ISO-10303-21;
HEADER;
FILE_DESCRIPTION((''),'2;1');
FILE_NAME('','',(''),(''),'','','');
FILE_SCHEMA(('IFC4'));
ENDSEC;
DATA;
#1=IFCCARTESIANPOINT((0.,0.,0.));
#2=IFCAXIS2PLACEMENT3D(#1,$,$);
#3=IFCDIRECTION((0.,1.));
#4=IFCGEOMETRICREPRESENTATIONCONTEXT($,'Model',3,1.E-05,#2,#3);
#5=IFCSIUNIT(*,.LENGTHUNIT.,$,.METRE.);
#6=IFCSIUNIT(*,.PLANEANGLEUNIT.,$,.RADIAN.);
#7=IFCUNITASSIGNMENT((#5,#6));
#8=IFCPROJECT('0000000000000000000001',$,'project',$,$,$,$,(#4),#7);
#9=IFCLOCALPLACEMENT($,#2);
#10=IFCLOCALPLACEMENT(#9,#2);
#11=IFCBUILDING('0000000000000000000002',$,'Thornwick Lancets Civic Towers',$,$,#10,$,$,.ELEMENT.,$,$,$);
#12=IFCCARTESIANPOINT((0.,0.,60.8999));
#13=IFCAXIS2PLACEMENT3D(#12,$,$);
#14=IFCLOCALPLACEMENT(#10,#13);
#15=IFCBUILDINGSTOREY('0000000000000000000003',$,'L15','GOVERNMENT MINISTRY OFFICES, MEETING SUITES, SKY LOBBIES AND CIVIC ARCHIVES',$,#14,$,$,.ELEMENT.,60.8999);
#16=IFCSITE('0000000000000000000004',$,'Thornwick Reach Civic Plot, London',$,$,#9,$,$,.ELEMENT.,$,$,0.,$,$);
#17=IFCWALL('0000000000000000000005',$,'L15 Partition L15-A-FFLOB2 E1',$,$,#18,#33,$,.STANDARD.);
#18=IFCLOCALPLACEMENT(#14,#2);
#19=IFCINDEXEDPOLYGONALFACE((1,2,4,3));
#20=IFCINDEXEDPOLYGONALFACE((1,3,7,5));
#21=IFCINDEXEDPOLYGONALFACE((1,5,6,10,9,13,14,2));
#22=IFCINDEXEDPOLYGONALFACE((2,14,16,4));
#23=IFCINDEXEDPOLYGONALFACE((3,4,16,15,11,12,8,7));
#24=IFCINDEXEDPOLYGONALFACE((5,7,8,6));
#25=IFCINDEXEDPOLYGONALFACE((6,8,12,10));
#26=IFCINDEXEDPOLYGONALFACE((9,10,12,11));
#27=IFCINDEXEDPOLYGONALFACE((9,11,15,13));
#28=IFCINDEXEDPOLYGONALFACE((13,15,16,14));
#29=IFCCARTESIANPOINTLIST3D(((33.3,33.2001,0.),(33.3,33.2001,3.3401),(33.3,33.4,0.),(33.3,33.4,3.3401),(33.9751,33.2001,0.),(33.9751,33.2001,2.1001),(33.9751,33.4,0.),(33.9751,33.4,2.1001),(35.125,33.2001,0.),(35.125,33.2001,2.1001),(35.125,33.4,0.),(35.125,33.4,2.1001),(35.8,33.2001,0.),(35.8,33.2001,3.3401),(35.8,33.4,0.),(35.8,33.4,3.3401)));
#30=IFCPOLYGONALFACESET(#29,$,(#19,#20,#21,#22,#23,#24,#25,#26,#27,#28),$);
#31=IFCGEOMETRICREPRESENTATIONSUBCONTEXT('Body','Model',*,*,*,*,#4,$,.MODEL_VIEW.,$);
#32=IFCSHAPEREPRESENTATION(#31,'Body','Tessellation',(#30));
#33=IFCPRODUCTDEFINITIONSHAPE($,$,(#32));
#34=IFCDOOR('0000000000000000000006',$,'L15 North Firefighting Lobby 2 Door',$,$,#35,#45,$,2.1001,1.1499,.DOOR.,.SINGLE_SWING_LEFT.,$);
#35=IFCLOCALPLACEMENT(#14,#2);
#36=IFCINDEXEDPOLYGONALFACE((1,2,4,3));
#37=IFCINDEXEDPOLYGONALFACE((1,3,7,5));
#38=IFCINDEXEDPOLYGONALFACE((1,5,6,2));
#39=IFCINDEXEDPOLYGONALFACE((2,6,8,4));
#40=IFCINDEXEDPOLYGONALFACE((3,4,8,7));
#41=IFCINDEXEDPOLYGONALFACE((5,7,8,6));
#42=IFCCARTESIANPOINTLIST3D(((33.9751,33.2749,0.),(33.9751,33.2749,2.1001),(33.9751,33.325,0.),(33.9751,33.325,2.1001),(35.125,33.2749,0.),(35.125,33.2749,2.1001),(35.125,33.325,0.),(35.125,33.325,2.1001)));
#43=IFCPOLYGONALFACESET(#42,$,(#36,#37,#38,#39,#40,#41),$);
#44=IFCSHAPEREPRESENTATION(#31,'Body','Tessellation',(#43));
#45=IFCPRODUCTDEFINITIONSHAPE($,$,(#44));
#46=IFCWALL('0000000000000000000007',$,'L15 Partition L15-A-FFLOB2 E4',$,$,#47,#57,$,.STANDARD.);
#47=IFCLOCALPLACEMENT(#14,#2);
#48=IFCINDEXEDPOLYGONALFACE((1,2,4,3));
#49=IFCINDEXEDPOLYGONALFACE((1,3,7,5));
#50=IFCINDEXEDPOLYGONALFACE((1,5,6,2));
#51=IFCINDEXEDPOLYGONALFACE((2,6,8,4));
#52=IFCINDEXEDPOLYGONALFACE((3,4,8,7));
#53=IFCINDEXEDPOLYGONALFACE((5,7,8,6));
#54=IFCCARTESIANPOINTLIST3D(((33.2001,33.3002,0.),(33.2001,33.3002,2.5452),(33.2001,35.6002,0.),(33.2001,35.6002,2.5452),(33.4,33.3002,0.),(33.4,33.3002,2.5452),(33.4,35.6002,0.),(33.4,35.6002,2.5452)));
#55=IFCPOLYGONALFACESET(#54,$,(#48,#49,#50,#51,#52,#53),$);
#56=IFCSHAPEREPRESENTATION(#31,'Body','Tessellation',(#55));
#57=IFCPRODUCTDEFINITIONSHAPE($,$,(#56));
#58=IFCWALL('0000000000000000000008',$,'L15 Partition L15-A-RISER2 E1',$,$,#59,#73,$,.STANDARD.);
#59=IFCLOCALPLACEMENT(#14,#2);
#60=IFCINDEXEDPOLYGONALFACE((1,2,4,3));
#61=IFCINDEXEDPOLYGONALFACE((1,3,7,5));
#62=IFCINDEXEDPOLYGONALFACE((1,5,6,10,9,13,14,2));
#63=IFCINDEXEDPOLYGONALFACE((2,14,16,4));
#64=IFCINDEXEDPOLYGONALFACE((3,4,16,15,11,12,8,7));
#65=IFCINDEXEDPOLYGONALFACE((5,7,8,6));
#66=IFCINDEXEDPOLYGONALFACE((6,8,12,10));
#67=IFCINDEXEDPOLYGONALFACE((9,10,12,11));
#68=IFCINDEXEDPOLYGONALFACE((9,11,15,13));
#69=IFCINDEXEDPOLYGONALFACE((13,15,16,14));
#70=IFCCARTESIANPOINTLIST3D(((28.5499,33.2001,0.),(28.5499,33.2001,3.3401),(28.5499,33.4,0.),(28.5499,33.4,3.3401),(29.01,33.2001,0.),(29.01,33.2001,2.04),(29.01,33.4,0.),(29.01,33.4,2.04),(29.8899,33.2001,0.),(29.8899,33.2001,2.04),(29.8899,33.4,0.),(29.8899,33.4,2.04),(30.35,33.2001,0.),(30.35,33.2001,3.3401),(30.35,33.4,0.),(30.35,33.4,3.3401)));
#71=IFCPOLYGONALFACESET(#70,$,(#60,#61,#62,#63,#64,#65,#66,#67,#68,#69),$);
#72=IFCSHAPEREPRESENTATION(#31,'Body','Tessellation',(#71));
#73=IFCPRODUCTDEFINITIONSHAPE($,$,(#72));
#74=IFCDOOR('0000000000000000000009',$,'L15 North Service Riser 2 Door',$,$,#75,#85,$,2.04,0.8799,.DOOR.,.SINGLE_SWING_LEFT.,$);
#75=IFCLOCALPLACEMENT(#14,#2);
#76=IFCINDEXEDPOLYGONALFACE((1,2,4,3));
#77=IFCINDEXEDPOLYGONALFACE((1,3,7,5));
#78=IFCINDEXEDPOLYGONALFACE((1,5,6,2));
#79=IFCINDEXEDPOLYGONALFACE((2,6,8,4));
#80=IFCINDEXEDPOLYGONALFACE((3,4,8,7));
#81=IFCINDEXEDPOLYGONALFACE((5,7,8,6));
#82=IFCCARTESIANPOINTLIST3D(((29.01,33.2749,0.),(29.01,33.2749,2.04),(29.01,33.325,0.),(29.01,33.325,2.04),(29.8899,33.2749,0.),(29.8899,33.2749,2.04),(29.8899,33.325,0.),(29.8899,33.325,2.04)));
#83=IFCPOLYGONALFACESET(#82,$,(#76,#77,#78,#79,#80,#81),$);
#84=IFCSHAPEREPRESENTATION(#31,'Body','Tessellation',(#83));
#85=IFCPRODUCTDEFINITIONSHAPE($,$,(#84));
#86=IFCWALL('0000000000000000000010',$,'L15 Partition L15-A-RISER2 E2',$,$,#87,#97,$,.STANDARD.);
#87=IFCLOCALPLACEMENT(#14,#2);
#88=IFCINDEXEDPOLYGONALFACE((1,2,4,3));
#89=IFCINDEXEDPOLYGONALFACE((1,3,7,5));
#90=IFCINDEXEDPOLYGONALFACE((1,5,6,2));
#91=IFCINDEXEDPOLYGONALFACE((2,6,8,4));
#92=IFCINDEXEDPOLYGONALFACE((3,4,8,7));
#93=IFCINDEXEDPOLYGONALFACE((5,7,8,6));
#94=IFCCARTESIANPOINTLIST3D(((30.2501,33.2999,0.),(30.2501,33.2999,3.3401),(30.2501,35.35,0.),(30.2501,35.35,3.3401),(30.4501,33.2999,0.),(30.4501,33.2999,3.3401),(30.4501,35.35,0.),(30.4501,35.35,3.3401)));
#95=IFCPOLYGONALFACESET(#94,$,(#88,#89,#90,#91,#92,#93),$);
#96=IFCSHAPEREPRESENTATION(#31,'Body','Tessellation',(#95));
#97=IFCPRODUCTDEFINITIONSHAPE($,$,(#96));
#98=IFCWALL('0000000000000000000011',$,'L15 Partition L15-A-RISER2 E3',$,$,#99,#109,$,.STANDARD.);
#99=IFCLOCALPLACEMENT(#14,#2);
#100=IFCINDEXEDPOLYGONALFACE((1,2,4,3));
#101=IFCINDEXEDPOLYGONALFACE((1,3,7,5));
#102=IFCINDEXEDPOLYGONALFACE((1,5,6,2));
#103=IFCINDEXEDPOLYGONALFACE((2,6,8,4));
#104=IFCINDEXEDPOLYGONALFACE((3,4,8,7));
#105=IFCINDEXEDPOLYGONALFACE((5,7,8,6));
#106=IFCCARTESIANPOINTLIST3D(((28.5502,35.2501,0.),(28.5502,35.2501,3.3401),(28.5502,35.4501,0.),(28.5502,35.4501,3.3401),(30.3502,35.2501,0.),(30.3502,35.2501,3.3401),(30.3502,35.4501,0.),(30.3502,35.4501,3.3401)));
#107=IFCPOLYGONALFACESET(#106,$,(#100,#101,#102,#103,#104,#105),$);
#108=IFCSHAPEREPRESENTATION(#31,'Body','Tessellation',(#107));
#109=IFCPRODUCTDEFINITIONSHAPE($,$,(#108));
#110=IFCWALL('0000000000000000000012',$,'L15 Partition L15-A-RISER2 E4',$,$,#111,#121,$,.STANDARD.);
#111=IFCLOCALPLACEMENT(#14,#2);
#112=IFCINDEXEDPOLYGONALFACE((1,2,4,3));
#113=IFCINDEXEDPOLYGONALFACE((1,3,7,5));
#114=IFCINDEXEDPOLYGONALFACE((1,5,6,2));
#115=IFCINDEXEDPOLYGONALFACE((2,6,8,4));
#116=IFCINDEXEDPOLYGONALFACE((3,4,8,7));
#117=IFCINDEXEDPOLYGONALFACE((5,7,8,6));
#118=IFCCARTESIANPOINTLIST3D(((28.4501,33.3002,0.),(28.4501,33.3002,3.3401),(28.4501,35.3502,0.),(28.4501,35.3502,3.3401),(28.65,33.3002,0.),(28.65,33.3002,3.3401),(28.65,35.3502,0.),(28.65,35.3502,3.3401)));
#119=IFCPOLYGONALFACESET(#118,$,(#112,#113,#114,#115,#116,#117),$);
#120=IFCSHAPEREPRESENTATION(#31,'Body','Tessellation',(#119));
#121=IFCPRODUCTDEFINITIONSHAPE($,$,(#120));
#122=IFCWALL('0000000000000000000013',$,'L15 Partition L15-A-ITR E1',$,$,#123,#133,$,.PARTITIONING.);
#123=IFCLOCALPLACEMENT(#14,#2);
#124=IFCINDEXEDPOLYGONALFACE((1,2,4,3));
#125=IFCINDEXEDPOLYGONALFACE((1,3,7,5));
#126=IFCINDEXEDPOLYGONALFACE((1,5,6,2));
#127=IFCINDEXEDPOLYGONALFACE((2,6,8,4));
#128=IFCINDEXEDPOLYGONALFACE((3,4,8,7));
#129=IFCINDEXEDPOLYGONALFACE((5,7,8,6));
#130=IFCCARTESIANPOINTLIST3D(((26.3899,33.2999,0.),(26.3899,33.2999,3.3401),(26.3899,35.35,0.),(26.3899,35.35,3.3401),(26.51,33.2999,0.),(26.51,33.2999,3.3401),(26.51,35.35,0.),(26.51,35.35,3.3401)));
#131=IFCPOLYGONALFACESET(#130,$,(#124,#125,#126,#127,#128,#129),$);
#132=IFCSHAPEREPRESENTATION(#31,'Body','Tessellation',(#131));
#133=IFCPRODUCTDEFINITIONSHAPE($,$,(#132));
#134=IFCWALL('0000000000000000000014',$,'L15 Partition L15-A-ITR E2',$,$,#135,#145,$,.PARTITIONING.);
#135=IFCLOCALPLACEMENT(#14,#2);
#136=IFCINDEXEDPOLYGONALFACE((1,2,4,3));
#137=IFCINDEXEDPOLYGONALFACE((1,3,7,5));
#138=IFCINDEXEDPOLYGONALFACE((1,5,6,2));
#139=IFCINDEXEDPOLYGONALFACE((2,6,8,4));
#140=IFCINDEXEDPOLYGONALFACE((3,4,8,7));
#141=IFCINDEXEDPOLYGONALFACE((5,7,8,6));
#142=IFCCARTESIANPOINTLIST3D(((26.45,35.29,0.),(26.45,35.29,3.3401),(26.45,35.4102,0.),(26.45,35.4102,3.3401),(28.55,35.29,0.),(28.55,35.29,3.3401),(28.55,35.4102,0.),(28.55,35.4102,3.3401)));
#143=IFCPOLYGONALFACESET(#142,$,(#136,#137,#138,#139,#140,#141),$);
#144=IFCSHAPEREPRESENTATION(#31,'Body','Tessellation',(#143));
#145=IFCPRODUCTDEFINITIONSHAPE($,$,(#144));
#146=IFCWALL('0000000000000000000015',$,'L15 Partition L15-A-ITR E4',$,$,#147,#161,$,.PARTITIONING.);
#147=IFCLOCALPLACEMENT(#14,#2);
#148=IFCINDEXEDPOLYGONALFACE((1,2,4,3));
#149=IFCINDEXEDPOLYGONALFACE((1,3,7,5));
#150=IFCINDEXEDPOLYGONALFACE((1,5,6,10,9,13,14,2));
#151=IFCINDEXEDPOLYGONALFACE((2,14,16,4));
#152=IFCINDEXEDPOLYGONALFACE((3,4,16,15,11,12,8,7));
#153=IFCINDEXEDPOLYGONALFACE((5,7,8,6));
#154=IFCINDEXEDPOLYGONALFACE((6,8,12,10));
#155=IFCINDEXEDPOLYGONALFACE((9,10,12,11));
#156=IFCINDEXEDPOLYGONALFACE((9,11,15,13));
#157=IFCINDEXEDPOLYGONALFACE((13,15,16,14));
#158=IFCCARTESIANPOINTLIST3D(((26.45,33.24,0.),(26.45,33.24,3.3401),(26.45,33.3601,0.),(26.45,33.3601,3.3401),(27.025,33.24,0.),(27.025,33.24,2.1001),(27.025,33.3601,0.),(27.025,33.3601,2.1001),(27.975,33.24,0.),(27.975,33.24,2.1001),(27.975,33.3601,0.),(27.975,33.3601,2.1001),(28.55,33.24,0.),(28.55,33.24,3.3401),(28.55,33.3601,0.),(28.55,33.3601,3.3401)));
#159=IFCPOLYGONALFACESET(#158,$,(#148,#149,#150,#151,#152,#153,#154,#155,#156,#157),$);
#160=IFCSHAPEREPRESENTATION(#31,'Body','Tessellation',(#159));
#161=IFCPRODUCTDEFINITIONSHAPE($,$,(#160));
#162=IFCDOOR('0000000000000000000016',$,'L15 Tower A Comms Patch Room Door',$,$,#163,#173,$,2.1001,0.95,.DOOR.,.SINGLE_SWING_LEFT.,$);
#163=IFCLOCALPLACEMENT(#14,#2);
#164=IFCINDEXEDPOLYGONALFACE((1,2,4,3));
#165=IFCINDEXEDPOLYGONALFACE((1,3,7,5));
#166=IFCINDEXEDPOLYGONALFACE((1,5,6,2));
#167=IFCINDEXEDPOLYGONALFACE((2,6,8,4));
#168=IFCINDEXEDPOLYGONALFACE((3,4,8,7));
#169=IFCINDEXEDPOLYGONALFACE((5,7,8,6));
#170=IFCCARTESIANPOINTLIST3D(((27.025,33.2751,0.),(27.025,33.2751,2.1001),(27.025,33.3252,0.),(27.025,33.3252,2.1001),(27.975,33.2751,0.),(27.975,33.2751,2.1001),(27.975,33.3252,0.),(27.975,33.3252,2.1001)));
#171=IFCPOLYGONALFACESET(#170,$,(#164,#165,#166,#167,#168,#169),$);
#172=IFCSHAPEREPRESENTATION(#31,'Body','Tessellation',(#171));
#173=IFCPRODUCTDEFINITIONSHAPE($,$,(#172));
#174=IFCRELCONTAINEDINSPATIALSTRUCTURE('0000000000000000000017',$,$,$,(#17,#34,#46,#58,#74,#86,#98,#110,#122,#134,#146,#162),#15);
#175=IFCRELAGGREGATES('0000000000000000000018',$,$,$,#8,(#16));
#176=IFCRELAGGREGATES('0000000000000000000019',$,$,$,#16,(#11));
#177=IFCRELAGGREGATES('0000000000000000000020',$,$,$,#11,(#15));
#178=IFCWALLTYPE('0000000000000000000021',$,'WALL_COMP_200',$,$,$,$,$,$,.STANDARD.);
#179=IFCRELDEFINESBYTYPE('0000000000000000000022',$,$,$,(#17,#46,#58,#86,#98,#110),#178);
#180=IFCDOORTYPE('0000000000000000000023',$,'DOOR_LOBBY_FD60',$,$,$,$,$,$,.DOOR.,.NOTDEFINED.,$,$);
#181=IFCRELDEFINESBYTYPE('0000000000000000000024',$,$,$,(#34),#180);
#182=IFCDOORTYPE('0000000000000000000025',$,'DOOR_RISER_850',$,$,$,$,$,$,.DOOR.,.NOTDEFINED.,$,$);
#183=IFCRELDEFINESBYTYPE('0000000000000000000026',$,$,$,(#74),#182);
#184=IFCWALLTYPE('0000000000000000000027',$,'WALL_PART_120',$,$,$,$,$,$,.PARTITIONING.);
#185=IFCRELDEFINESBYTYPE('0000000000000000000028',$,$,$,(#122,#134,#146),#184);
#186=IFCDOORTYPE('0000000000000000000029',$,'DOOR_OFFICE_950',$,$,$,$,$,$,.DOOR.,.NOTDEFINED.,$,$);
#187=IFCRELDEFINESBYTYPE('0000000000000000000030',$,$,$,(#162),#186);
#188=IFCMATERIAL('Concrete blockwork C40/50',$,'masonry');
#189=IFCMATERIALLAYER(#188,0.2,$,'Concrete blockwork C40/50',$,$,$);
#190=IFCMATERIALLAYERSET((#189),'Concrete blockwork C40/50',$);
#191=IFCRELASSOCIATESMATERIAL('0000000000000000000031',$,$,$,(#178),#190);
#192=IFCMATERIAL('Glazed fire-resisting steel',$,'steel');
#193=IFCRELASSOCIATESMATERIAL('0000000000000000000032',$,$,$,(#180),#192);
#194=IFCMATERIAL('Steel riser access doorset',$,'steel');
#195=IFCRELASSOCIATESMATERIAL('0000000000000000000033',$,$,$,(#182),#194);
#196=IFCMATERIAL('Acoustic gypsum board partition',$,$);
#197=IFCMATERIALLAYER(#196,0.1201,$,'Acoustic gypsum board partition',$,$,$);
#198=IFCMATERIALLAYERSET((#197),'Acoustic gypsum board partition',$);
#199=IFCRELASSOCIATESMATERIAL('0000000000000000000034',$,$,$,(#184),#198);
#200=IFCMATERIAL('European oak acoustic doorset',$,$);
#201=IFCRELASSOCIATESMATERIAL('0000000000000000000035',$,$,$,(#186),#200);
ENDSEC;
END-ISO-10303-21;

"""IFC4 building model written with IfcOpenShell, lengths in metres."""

from ifc_helpers import new_model, si_unit, direction, frame, frame_2d, origin, place, context, subcontext, project, spatial, rectangle, extrude, material, layer, layer_set, type_object, element, fill, save


model = new_model("IFC4")

# Units and contexts
model_context = context("Model", 3, precision=1e-05, world=origin(), true_north=direction((0.0, 1.0)))
body_context = subcontext(model_context, "Body", "Model", "MODEL_VIEW")
ifc_project = project(units=[si_unit("LENGTHUNIT", "METRE"), si_unit("PLANEANGLEUNIT", "RADIAN")], contexts=[model_context])

# Site, building, storey
site_placement = place(None, origin())
site = spatial("IfcSite", under=ifc_project, at=site_placement, Name="Thornwick Reach Civic Plot, London", CompositionType="ELEMENT", RefElevation=0.0)
building_placement = place(site_placement, origin())
building = spatial("IfcBuilding", under=site, at=building_placement, Name="Thornwick Lancets Civic Towers", CompositionType="ELEMENT")
storey_placement = place(building_placement, frame((0.0, 0.0, 60.8999)))
storey = spatial("IfcBuildingStorey", under=building, at=storey_placement, Name="L15", Description="GOVERNMENT MINISTRY OFFICES, MEETING SUITES, SKY LOBBIES AND CIVIC ARCHIVES", CompositionType="ELEMENT", Elevation=60.8999)

# Shared definitions
ifc_material_1 = material(Name="Concrete blockwork C40/50", Category="masonry")
ifc_layer_1 = layer(ifc_material_1, 0.2, Name="Concrete blockwork C40/50")
ifc_layer_set_1 = layer_set([ifc_layer_1], Name="Concrete blockwork C40/50")
wall_type_1 = type_object("IfcWallType", Name="WALL_COMP_200", PredefinedType="STANDARD", material=ifc_layer_set_1)

# Wall, opening, door
wall_1_placement = place(storey_placement, frame((33.3, 33.3, 0.0), z_axis=(0.0, 0.0, 1.0), x_axis=(1.0, 0.0, 0.0)))
wall_1 = element("IfcWall", 1, at=wall_1_placement, inside=storey, type_object=wall_type_1, Name="L15 Partition L15-A-FFLOB2 E1", PredefinedType="STANDARD", context=body_context, shape_type="SweptSolid", body=[
    extrude(rectangle(XDim=2.5, YDim=0.2, at=frame_2d((1.25, 0.0))), origin(), (0.0, 0.0, 1.0), 3.3401),
])
opening_1_placement = place(wall_1_placement, frame((0.675, 0.0, 0.0)))
opening_1 = element("IfcOpeningElement", 2, at=opening_1_placement, cuts=wall_1, PredefinedType="OPENING", context=body_context, shape_type="SweptSolid", body=[
    extrude(rectangle(XDim=1.1499, YDim=2.1001, at=frame_2d((0.575, 1.05))), frame((0.0, 0.1099, 0.0), z_axis=(0.0, -1.0, 0.0), x_axis=(1.0, 0.0, 0.0)), (0.0, 0.0, 1.0), 0.22),
])
ifc_material_2 = material(Name="Glazed fire-resisting steel", Category="steel")
door_type_1 = type_object("IfcDoorType", Name="DOOR_LOBBY_FD60", OperationType="NOTDEFINED", PredefinedType="DOOR", material=ifc_material_2)
door_1_placement = place(opening_1_placement, origin())
door_1 = element("IfcDoor", 3, at=door_1_placement, inside=storey, type_object=door_type_1, Name="L15 North Firefighting Lobby 2 Door", OperationType="SINGLE_SWING_LEFT", OverallHeight=2.1001, OverallWidth=1.1499, PredefinedType="DOOR", context=body_context, shape_type="SweptSolid", body=[
    extrude(rectangle(XDim=1.1499, YDim=2.1001, at=frame_2d((0.575, 1.05))), frame((0.0, 0.0249, 0.0), z_axis=(0.0, -1.0, 0.0), x_axis=(1.0, 0.0, 0.0)), (0.0, 0.0, 1.0), 0.05),
])
fill(opening_1, door_1)

# Wall
wall_2_placement = place(storey_placement, frame((33.3, 35.6001, 0.0), z_axis=(0.0, 0.0, 1.0), x_axis=(0.0, -1.0, 0.0)))
element("IfcWall", 4, at=wall_2_placement, inside=storey, type_object=wall_type_1, Name="L15 Partition L15-A-FFLOB2 E4", PredefinedType="STANDARD", context=body_context, shape_type="SweptSolid", body=[
    extrude(rectangle(XDim=2.3, YDim=0.2, at=frame_2d((1.1499, 0.0))), origin(), (0.0, 0.0, 1.0), 2.5452),
])

# Wall, opening, door
wall_3_placement = place(storey_placement, frame((28.55, 33.3, 0.0), z_axis=(0.0, 0.0, 1.0), x_axis=(1.0, 0.0, 0.0)))
wall_3 = element("IfcWall", 5, at=wall_3_placement, inside=storey, type_object=wall_type_1, Name="L15 Partition L15-A-RISER2 E1", PredefinedType="STANDARD", context=body_context, shape_type="SweptSolid", body=[
    extrude(rectangle(XDim=1.8, YDim=0.2, at=frame_2d((0.8999, 0.0))), origin(), (0.0, 0.0, 1.0), 3.3401),
])
opening_2_placement = place(wall_3_placement, frame((0.46, 0.0, 0.0)))
opening_2 = element("IfcOpeningElement", 6, at=opening_2_placement, cuts=wall_3, PredefinedType="OPENING", context=body_context, shape_type="SweptSolid", body=[
    extrude(rectangle(XDim=0.8799, YDim=2.04, at=frame_2d((0.4399, 1.02))), frame((0.0, 0.1099, 0.0), z_axis=(0.0, -1.0, 0.0), x_axis=(1.0, 0.0, 0.0)), (0.0, 0.0, 1.0), 0.22),
])
ifc_material_3 = material(Name="Steel riser access doorset", Category="steel")
door_type_2 = type_object("IfcDoorType", Name="DOOR_RISER_850", OperationType="NOTDEFINED", PredefinedType="DOOR", material=ifc_material_3)
door_2_placement = place(opening_2_placement, origin())
door_2 = element("IfcDoor", 7, at=door_2_placement, inside=storey, type_object=door_type_2, Name="L15 North Service Riser 2 Door", OperationType="SINGLE_SWING_LEFT", OverallHeight=2.04, OverallWidth=0.8799, PredefinedType="DOOR", context=body_context, shape_type="SweptSolid", body=[
    extrude(rectangle(XDim=0.8799, YDim=2.04, at=frame_2d((0.4399, 1.02))), frame((0.0, 0.0249, 0.0), z_axis=(0.0, -1.0, 0.0), x_axis=(1.0, 0.0, 0.0)), (0.0, 0.0, 1.0), 0.05),
])
fill(opening_2, door_2)

# Walls
wall_4_placement = place(storey_placement, frame((30.3501, 33.3, 0.0), z_axis=(0.0, 0.0, 1.0), x_axis=(0.0, 1.0, 0.0)))
element("IfcWall", 8, at=wall_4_placement, inside=storey, type_object=wall_type_1, Name="L15 Partition L15-A-RISER2 E2", PredefinedType="STANDARD", context=body_context, shape_type="SweptSolid", body=[
    extrude(rectangle(XDim=2.05, YDim=0.2, at=frame_2d((1.0249, 0.0))), origin(), (0.0, 0.0, 1.0), 3.3401),
])
wall_5_placement = place(storey_placement, frame((30.3501, 35.3501, 0.0), z_axis=(0.0, 0.0, 1.0), x_axis=(-1.0, 0.0, 0.0)))
element("IfcWall", 9, at=wall_5_placement, inside=storey, type_object=wall_type_1, Name="L15 Partition L15-A-RISER2 E3", PredefinedType="STANDARD", context=body_context, shape_type="SweptSolid", body=[
    extrude(rectangle(XDim=1.8, YDim=0.2, at=frame_2d((0.8999, 0.0))), origin(), (0.0, 0.0, 1.0), 3.3401),
])
wall_6_placement = place(storey_placement, frame((28.55, 35.3501, 0.0), z_axis=(0.0, 0.0, 1.0), x_axis=(0.0, -1.0, 0.0)))
element("IfcWall", 10, at=wall_6_placement, inside=storey, type_object=wall_type_1, Name="L15 Partition L15-A-RISER2 E4", PredefinedType="STANDARD", context=body_context, shape_type="SweptSolid", body=[
    extrude(rectangle(XDim=2.05, YDim=0.2, at=frame_2d((1.0249, 0.0))), origin(), (0.0, 0.0, 1.0), 3.3401),
])
ifc_material_4 = material(Name="Acoustic gypsum board partition")
ifc_layer_2 = layer(ifc_material_4, 0.1201, Name="Acoustic gypsum board partition")
ifc_layer_set_2 = layer_set([ifc_layer_2], Name="Acoustic gypsum board partition")
wall_type_2 = type_object("IfcWallType", Name="WALL_PART_120", PredefinedType="PARTITIONING", material=ifc_layer_set_2)
wall_7_placement = place(storey_placement, frame((26.45, 33.3, 0.0), z_axis=(0.0, 0.0, 1.0), x_axis=(0.0, 1.0, 0.0)))
element("IfcWall", 11, at=wall_7_placement, inside=storey, type_object=wall_type_2, Name="L15 Partition L15-A-ITR E1", PredefinedType="PARTITIONING", context=body_context, shape_type="SweptSolid", body=[
    extrude(rectangle(XDim=2.05, YDim=0.1201, at=frame_2d((1.0249, 0.0))), origin(), (0.0, 0.0, 1.0), 3.3401),
])
wall_8_placement = place(storey_placement, frame((26.45, 35.3501, 0.0), z_axis=(0.0, 0.0, 1.0), x_axis=(1.0, 0.0, 0.0)))
element("IfcWall", 12, at=wall_8_placement, inside=storey, type_object=wall_type_2, Name="L15 Partition L15-A-ITR E2", PredefinedType="PARTITIONING", context=body_context, shape_type="SweptSolid", body=[
    extrude(rectangle(XDim=2.1001, YDim=0.1201, at=frame_2d((1.05, 0.0))), origin(), (0.0, 0.0, 1.0), 3.3401),
])

# Wall, opening, door
wall_9_placement = place(storey_placement, frame((28.55, 33.3, 0.0), z_axis=(0.0, 0.0, 1.0), x_axis=(-1.0, 0.0, 0.0)))
wall_9 = element("IfcWall", 13, at=wall_9_placement, inside=storey, type_object=wall_type_2, Name="L15 Partition L15-A-ITR E4", PredefinedType="PARTITIONING", context=body_context, shape_type="SweptSolid", body=[
    extrude(rectangle(XDim=2.1001, YDim=0.1201, at=frame_2d((1.05, 0.0))), origin(), (0.0, 0.0, 1.0), 3.3401),
])
opening_3_placement = place(wall_9_placement, frame((0.575, 0.0, 0.0)))
opening_3 = element("IfcOpeningElement", 14, at=opening_3_placement, cuts=wall_9, PredefinedType="OPENING", context=body_context, shape_type="SweptSolid", body=[
    extrude(rectangle(XDim=0.95, YDim=2.1001, at=frame_2d((0.4751, 1.05))), frame((0.0, 0.0701, 0.0), z_axis=(0.0, -1.0, 0.0), x_axis=(1.0, 0.0, 0.0)), (0.0, 0.0, 1.0), 0.1401),
])
ifc_material_5 = material(Name="European oak acoustic doorset")
door_type_3 = type_object("IfcDoorType", Name="DOOR_OFFICE_950", OperationType="NOTDEFINED", PredefinedType="DOOR", material=ifc_material_5)
door_3_placement = place(opening_3_placement, origin())
door_3 = element("IfcDoor", 15, at=door_3_placement, inside=storey, type_object=door_type_3, Name="L15 Tower A Comms Patch Room Door", OperationType="SINGLE_SWING_LEFT", OverallHeight=2.1001, OverallWidth=0.95, PredefinedType="DOOR", context=body_context, shape_type="SweptSolid", body=[
    extrude(rectangle(XDim=0.95, YDim=2.1001, at=frame_2d((0.4751, 1.05))), frame((0.0, 0.0249, 0.0), z_axis=(0.0, -1.0, 0.0), x_axis=(1.0, 0.0, 0.0)), (0.0, 0.0, 1.0), 0.05),
])
fill(opening_3, door_3)

save(model, "model.ifc")
